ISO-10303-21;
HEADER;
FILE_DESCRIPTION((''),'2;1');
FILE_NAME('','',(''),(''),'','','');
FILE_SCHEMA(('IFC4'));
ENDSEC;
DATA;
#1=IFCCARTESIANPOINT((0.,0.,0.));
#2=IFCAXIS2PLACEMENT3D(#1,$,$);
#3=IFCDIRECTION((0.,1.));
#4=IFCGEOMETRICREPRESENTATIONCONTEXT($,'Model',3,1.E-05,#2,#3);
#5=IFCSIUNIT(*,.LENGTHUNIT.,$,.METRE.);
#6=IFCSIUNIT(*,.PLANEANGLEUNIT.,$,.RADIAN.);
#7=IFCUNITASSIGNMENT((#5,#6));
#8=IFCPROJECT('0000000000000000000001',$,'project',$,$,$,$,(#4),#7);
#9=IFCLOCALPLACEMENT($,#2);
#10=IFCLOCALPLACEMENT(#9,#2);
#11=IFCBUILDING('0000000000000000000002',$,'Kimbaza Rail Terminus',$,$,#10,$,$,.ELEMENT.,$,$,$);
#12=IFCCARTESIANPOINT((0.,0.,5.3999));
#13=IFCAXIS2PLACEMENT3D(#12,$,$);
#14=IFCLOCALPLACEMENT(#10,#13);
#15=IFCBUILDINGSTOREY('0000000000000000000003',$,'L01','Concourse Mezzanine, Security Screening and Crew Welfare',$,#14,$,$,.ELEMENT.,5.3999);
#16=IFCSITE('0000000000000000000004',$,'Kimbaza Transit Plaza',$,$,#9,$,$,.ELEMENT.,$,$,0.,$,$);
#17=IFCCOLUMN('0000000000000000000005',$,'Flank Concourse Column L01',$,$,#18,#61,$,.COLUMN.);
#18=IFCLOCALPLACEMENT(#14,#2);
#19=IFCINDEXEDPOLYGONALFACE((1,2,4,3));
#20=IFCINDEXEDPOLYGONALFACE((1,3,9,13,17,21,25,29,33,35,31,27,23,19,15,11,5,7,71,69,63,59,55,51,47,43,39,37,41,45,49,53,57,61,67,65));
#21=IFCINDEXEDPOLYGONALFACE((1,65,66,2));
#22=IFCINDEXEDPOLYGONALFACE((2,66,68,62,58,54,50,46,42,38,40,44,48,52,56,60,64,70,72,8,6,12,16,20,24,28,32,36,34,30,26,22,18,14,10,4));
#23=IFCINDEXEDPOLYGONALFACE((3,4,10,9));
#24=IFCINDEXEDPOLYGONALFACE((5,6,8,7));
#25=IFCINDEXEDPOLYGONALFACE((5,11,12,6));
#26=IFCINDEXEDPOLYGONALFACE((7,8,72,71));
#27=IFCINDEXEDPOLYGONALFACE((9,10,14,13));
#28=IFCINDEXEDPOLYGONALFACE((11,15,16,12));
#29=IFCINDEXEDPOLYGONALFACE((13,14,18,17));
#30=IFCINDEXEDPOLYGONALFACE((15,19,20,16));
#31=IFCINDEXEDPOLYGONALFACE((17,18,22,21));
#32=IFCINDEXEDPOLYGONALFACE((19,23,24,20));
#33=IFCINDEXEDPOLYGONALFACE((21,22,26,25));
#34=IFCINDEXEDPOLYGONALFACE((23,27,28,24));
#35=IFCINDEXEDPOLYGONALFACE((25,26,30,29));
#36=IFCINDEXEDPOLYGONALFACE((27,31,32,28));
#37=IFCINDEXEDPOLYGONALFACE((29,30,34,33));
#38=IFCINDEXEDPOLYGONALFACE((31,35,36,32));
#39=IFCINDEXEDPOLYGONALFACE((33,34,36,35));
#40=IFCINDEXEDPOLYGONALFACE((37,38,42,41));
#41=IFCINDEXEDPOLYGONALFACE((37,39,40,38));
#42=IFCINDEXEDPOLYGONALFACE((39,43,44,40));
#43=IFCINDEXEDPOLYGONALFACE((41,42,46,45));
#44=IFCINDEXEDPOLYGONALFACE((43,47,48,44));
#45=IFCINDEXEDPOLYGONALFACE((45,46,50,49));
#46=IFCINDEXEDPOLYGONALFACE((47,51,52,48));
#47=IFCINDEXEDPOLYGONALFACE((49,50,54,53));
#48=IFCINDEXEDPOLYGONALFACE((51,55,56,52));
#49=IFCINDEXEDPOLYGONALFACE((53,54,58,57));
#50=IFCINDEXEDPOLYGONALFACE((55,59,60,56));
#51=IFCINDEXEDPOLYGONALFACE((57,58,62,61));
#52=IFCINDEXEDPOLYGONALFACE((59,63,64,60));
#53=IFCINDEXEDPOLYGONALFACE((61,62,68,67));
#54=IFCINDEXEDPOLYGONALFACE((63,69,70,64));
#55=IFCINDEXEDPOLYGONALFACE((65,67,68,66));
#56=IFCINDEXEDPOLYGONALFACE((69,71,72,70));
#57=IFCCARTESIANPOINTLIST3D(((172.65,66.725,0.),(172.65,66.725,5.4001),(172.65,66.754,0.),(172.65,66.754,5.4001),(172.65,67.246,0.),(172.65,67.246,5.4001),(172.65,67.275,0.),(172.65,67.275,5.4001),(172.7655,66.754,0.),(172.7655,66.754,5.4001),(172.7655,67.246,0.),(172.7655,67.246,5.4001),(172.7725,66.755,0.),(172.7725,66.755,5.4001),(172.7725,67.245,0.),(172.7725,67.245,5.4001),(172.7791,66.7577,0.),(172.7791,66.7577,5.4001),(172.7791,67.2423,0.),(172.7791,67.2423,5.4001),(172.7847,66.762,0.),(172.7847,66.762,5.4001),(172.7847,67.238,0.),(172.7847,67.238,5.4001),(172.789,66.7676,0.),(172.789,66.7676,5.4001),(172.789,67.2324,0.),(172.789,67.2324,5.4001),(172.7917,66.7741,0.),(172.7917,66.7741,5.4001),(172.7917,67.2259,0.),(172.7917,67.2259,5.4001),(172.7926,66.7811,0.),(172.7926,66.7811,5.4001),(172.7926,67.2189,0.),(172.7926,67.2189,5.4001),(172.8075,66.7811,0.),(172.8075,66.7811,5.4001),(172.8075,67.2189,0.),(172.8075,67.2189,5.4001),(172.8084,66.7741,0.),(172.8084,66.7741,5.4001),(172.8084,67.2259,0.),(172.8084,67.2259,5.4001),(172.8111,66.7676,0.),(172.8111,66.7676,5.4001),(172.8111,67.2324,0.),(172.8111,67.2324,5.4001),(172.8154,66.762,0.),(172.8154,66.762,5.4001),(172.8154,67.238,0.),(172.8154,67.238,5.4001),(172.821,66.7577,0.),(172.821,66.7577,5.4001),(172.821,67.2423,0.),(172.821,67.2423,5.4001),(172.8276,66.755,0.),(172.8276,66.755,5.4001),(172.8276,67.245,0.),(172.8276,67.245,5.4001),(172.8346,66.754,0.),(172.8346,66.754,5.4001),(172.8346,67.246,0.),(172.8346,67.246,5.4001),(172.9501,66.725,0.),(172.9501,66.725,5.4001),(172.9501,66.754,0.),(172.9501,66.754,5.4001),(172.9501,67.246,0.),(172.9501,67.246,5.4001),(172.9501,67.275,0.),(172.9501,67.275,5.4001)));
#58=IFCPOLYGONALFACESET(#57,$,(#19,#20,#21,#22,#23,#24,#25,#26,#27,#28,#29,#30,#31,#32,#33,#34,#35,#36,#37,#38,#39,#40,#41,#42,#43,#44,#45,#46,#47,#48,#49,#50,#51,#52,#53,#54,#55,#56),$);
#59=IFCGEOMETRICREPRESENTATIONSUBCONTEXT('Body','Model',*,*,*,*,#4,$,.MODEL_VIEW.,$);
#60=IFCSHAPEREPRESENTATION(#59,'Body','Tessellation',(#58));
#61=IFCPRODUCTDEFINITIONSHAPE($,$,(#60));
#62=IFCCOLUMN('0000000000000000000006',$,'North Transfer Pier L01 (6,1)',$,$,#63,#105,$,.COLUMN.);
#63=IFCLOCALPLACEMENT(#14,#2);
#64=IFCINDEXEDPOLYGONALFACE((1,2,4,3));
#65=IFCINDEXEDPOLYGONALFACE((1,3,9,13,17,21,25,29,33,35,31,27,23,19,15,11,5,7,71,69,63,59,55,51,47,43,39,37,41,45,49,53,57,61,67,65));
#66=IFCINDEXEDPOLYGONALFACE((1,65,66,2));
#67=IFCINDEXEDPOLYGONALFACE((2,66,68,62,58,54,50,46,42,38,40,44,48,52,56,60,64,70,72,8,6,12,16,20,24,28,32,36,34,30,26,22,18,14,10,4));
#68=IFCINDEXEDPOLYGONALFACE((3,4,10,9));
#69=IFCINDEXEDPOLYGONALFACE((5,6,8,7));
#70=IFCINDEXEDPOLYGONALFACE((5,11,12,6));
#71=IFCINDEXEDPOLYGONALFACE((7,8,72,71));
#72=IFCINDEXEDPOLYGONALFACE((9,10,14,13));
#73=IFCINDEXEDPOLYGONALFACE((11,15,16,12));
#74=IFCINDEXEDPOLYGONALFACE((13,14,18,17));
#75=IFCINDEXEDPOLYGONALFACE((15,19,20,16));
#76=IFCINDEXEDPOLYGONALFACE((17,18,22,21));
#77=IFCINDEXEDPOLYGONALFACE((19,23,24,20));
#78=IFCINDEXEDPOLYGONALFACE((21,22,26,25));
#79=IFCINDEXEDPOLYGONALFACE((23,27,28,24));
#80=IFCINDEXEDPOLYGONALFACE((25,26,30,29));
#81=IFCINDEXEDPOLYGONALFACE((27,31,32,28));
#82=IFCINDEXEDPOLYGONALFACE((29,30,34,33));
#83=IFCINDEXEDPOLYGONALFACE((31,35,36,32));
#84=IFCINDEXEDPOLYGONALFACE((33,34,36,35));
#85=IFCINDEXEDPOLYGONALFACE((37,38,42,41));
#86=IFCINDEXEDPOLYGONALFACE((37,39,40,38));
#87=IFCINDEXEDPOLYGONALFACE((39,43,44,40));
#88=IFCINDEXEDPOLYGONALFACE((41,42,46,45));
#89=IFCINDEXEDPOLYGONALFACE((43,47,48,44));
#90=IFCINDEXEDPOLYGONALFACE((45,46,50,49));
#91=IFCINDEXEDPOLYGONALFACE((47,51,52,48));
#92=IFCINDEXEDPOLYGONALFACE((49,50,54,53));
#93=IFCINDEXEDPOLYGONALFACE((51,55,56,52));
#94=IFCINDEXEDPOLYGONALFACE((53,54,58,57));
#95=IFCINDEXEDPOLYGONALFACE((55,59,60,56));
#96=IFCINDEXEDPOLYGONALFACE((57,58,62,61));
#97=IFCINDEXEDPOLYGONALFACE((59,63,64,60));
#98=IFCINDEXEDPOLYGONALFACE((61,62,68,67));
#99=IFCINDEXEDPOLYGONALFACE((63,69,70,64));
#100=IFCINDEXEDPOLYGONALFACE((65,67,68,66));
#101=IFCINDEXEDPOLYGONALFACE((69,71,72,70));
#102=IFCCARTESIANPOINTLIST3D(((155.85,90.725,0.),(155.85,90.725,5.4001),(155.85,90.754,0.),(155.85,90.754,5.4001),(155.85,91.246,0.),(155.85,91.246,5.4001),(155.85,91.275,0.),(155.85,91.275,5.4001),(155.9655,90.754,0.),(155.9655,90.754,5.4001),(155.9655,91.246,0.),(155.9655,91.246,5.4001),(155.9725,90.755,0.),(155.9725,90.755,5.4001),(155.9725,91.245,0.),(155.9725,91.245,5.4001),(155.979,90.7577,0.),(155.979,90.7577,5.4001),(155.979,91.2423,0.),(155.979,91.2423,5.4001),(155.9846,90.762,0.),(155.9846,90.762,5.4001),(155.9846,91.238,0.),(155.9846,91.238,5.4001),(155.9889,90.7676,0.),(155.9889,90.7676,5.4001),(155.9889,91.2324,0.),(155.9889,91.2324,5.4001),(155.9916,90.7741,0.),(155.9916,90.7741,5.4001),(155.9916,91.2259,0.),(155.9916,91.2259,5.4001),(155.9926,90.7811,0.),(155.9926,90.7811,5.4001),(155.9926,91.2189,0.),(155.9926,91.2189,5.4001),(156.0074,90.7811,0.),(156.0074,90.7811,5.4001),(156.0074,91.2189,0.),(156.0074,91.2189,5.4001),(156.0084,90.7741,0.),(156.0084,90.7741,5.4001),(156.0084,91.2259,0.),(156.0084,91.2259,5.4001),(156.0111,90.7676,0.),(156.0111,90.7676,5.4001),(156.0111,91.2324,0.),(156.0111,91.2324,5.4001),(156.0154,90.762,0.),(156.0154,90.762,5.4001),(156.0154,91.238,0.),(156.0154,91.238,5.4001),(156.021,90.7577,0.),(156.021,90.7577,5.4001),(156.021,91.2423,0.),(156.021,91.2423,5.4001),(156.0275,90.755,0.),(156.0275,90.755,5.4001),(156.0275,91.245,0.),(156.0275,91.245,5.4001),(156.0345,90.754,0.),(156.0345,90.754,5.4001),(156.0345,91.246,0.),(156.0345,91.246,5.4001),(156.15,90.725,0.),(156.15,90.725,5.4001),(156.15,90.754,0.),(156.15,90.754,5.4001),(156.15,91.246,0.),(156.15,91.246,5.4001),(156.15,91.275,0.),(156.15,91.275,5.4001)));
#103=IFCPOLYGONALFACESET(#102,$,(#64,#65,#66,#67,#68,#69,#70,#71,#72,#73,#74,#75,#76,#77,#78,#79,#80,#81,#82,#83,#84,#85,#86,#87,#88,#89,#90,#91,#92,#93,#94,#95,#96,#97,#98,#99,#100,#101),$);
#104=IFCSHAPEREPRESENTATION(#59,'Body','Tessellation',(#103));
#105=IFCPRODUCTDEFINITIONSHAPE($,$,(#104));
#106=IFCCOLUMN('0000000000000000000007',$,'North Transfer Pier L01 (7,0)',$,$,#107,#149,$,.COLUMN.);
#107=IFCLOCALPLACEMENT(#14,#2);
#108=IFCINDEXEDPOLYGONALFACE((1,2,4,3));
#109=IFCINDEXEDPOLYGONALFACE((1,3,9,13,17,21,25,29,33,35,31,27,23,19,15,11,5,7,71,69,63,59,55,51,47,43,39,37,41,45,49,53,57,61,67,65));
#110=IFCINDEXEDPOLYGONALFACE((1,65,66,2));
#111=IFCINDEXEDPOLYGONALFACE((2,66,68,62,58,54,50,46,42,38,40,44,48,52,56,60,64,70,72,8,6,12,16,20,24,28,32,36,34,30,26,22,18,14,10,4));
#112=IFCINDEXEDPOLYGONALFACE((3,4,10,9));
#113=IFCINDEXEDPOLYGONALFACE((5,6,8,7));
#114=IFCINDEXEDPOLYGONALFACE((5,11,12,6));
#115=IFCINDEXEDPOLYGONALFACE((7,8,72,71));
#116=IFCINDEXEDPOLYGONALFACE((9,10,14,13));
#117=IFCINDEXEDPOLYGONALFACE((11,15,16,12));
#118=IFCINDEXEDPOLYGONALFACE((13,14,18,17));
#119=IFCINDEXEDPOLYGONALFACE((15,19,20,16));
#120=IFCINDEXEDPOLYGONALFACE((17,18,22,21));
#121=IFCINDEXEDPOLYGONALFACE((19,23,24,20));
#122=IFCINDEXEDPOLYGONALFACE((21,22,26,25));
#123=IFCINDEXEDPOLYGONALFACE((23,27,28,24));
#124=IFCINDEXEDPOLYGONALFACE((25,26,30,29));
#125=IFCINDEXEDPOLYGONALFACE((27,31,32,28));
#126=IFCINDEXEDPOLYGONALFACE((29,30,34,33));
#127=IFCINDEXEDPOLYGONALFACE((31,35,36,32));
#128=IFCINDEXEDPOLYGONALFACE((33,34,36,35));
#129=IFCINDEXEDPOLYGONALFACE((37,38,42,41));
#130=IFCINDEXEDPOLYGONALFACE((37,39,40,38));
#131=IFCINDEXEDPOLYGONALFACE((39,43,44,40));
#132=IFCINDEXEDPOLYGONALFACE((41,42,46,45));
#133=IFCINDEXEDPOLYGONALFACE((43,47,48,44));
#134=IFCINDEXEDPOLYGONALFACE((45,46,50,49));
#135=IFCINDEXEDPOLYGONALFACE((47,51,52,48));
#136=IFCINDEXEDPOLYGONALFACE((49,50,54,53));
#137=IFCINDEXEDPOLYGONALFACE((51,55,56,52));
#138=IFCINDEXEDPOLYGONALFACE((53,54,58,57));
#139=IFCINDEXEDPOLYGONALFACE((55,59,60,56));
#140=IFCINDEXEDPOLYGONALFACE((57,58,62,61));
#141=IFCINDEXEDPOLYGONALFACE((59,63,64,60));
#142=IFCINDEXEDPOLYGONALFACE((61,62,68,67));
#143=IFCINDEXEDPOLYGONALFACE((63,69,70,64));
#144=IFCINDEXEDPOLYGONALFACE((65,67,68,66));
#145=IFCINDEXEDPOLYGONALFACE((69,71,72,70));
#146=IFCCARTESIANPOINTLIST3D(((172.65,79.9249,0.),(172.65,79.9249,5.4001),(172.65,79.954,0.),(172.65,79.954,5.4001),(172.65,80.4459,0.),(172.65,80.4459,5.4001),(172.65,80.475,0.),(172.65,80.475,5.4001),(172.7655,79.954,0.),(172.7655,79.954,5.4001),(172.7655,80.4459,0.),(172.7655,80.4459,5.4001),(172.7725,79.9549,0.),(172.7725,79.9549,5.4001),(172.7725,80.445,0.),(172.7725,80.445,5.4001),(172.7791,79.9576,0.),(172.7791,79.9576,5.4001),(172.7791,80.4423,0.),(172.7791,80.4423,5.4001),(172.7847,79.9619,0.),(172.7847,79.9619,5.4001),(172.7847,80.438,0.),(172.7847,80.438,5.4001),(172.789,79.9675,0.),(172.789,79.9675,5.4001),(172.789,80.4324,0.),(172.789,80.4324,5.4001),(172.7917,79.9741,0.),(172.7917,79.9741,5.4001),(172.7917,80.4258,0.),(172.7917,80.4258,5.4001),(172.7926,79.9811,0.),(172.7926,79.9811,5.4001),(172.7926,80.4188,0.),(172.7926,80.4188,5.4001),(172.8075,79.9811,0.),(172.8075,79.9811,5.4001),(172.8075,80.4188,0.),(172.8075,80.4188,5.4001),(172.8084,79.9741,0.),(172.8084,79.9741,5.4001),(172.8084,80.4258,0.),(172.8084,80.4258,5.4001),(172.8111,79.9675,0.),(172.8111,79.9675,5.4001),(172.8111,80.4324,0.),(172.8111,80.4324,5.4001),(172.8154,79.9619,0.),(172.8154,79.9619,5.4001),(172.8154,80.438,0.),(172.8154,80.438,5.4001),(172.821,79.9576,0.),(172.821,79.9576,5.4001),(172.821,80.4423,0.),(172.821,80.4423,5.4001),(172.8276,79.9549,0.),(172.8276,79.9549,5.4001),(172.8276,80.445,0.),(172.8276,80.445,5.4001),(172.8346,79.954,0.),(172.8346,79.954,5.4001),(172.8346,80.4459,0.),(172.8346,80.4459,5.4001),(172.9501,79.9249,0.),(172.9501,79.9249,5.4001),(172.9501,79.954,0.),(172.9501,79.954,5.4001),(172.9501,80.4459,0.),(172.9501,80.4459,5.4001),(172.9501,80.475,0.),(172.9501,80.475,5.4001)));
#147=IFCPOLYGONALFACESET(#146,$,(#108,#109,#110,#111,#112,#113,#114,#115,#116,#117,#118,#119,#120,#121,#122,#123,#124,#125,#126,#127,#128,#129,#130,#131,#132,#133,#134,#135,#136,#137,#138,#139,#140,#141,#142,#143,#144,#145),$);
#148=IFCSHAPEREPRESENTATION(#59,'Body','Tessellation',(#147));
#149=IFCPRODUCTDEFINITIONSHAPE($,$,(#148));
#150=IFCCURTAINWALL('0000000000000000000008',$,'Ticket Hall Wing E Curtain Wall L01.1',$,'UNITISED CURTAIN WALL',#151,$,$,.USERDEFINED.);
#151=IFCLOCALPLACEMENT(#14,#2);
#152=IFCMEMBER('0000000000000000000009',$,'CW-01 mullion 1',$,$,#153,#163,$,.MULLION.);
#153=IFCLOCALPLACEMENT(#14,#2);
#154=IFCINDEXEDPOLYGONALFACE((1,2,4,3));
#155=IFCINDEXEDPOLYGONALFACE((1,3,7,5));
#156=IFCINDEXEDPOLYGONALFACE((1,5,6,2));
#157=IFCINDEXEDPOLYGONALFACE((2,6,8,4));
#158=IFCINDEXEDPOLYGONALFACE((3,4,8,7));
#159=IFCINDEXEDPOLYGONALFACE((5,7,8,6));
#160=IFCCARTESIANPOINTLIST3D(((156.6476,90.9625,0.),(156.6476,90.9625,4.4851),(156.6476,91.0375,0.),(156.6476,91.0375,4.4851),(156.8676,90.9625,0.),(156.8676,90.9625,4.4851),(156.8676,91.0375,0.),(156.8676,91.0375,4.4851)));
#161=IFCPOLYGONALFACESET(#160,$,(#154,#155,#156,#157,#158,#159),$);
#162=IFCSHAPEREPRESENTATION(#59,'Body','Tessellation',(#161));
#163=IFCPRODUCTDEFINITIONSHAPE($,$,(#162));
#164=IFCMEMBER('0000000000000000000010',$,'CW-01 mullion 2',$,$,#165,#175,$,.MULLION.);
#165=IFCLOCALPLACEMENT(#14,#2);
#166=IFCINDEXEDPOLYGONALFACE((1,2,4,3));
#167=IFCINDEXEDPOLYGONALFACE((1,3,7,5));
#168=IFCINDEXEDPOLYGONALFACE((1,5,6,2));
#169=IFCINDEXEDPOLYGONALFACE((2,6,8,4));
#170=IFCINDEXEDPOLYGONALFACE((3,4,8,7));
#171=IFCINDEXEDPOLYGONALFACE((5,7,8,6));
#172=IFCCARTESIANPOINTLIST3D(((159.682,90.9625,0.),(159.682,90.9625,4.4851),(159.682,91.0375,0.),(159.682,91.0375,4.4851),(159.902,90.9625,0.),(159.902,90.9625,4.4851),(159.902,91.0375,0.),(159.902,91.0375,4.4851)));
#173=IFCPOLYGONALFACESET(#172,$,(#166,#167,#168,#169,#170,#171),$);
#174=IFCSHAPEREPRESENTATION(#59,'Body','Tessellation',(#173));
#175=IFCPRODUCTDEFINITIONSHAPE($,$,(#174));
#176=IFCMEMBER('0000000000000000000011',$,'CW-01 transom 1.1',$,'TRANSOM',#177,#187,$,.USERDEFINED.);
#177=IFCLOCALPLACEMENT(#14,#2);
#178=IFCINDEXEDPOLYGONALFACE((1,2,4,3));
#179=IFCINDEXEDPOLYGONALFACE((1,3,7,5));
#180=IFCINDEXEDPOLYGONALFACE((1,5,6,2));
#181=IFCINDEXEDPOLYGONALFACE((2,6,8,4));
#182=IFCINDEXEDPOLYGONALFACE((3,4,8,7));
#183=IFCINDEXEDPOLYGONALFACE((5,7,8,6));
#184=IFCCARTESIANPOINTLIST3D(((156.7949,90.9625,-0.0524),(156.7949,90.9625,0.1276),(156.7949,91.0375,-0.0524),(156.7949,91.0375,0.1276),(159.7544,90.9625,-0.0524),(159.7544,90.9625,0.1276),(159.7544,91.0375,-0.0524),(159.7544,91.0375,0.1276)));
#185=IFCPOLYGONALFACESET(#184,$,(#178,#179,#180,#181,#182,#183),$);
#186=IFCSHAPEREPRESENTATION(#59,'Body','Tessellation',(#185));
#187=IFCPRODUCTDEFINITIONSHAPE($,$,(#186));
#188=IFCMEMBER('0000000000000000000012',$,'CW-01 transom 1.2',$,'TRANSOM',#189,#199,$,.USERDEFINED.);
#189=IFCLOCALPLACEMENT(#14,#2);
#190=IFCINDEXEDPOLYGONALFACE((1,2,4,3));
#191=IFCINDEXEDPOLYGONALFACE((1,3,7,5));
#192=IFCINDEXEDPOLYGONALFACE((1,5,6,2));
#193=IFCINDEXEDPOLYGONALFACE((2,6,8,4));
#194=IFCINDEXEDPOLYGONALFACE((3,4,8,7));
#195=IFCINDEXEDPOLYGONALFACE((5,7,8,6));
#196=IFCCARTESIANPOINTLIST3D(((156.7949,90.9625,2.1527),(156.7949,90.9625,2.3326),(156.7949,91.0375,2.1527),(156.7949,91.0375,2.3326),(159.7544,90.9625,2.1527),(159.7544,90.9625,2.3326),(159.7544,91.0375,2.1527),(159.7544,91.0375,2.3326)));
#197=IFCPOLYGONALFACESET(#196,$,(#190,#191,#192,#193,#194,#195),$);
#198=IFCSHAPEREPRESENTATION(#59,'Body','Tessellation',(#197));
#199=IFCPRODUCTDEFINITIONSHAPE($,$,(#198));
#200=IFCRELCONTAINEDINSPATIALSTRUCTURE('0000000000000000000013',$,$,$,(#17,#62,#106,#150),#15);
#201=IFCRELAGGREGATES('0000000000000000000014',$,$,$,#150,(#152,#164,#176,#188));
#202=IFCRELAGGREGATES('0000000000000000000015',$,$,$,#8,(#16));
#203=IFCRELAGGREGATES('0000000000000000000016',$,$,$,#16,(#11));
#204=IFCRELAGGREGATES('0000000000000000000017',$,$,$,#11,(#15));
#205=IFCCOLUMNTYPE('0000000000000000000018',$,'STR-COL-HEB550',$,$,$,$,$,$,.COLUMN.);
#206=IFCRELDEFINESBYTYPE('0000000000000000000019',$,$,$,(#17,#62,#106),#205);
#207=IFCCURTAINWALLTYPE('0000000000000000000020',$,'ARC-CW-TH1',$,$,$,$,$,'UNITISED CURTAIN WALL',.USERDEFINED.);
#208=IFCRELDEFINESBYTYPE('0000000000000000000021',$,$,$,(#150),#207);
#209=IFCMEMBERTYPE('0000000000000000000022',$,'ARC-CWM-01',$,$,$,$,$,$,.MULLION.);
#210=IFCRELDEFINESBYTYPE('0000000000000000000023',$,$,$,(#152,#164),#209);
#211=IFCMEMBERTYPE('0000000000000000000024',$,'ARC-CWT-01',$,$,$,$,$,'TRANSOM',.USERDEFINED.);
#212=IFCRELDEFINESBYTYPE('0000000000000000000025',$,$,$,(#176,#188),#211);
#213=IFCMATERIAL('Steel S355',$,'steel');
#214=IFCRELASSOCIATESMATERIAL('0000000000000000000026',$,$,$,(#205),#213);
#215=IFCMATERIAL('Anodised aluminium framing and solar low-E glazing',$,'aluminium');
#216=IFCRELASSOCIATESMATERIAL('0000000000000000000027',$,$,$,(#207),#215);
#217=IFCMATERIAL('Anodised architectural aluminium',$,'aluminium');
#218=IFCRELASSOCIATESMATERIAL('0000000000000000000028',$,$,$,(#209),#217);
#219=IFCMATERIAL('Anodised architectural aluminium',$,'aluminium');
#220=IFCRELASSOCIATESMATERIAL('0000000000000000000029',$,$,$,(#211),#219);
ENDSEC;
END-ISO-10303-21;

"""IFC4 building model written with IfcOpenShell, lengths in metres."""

from ifc_helpers import new_model, si_unit, direction, frame, origin, origin_2d, place, context, subcontext, project, spatial, rectangle, i_section, extrude, material, material_profile, profile_set, type_object, element, aggregate, save


model = new_model("IFC4")

# Units and contexts
model_context = context("Model", 3, precision=1e-05, world=origin(), true_north=direction((0.0, 1.0)))
body_context = subcontext(model_context, "Body", "Model", "MODEL_VIEW")
ifc_project = project(units=[si_unit("LENGTHUNIT", "METRE"), si_unit("PLANEANGLEUNIT", "RADIAN")], contexts=[model_context])

# Site, building, storey
site_placement = place(None, origin())
site = spatial("IfcSite", under=ifc_project, at=site_placement, Name="Kimbaza Transit Plaza", CompositionType="ELEMENT", RefElevation=0.0)
building_placement = place(site_placement, origin())
building = spatial("IfcBuilding", under=site, at=building_placement, Name="Kimbaza Rail Terminus", CompositionType="ELEMENT")
storey_placement = place(building_placement, frame((0.0, 0.0, 5.3999)))
storey = spatial("IfcBuildingStorey", under=building, at=storey_placement, Name="L01", Description="Concourse Mezzanine, Security Screening and Crew Welfare", CompositionType="ELEMENT", Elevation=5.3999)

# Columns
ifc_material_1 = material(Name="Steel S355", Category="steel")
ifc_material_profile_1 = material_profile(ifc_material_1, i_section(OverallWidth=0.3, OverallDepth=0.55, WebThickness=0.0149, FlangeThickness=0.0291, FilletRadius=0.0271, at=origin_2d()), Name="HEB 550")
ifc_profile_set_1 = profile_set([ifc_material_profile_1], Name="Steel S355")
column_type = type_object("IfcColumnType", Name="STR-COL-HEB550", PredefinedType="COLUMN", material=ifc_profile_set_1)
for number, where, z_axis, x_axis, name in (
    (1, (172.8, 67.0, 0.0), (0.0, 0.0, 1.0), (1.0, 0.0, 0.0), "Flank Concourse Column L01"),
    (2, (156.0, 91.0, 0.0), (0.0, 0.0, 1.0), (1.0, 0.0, 0.0), "North Transfer Pier L01 (6,1)"),
    (3, (172.8, 80.2, 0.0), (0.0, 0.0, 1.0), (1.0, 0.0, 0.0), "North Transfer Pier L01 (7,0)"),
):
    element("IfcColumn", number, at=place(storey_placement, frame(where, z_axis=z_axis, x_axis=x_axis)), inside=storey, type_object=column_type, Name=name, PredefinedType="COLUMN", context=body_context, shape_type="SweptSolid", body=[
        extrude(i_section(OverallWidth=0.3, OverallDepth=0.55, WebThickness=0.0149, FlangeThickness=0.0291, FilletRadius=0.0271, at=origin_2d()), origin(), (0.0, 0.0, 1.0), 5.4001),
    ])

# Curtain wall, members
ifc_material_2 = material(Name="Anodised aluminium framing and solar low-E glazing", Category="aluminium")
curtain_wall_type = type_object("IfcCurtainWallType", Name="ARC-CW-TH1", ElementType="UNITISED CURTAIN WALL", PredefinedType="USERDEFINED", material=ifc_material_2)
curtain_wall_placement = place(storey_placement, origin())
curtain_wall = element("IfcCurtainWall", 4, at=curtain_wall_placement, inside=storey, type_object=curtain_wall_type, Name="Ticket Hall Wing E Curtain Wall L01.1", ObjectType="UNITISED CURTAIN WALL", PredefinedType="USERDEFINED")
ifc_material_3 = material(Name="Anodised architectural aluminium", Category="aluminium")
ifc_material_profile_2 = material_profile(ifc_material_3, rectangle(XDim=0.075, YDim=0.22, at=origin_2d()), Name="MULLION 75x220")
ifc_profile_set_2 = profile_set([ifc_material_profile_2], Name="Anodised architectural aluminium")
member_type_1 = type_object("IfcMemberType", Name="ARC-CWM-01", PredefinedType="MULLION", material=ifc_profile_set_2)
member_1_placement = place(storey_placement, frame((156.7576, 91.0, 0.0), z_axis=(0.0, 0.0, 1.0), x_axis=(0.0, 1.0, 0.0)))
member_1 = element("IfcMember", 5, at=member_1_placement, type_object=member_type_1, Name="CW-01 mullion 1", PredefinedType="MULLION", context=body_context, shape_type="SweptSolid", body=[
    extrude(rectangle(XDim=0.075, YDim=0.22, at=origin_2d()), origin(), (0.0, 0.0, 1.0), 4.4851),
])
member_2_placement = place(storey_placement, frame((159.792, 91.0, 0.0), z_axis=(0.0, 0.0, 1.0), x_axis=(0.0, 1.0, 0.0)))
member_2 = element("IfcMember", 6, at=member_2_placement, type_object=member_type_1, Name="CW-01 mullion 2", PredefinedType="MULLION", context=body_context, shape_type="SweptSolid", body=[
    extrude(rectangle(XDim=0.075, YDim=0.22, at=origin_2d()), origin(), (0.0, 0.0, 1.0), 4.4851),
])
ifc_material_4 = material(Name="Anodised architectural aluminium", Category="aluminium")
ifc_material_profile_3 = material_profile(ifc_material_4, rectangle(XDim=0.075, YDim=0.1799, at=origin_2d()), Name="TRANSOM 75x180")
ifc_profile_set_3 = profile_set([ifc_material_profile_3], Name="Anodised architectural aluminium")
member_type_2 = type_object("IfcMemberType", Name="ARC-CWT-01", ElementType="TRANSOM", PredefinedType="USERDEFINED", material=ifc_profile_set_3)
member_3_placement = place(storey_placement, frame((156.7949, 91.0, 0.0376), z_axis=(1.0, 0.0, 0.0), x_axis=(0.0, 1.0, 0.0)))
member_3 = element("IfcMember", 7, at=member_3_placement, type_object=member_type_2, Name="CW-01 transom 1.1", ObjectType="TRANSOM", PredefinedType="USERDEFINED", context=body_context, shape_type="SweptSolid", body=[
    extrude(rectangle(XDim=0.075, YDim=0.1799, at=origin_2d()), origin(), (0.0, 0.0, 1.0), 2.9595),
])
member_4_placement = place(storey_placement, frame((156.7949, 91.0, 2.2427), z_axis=(1.0, 0.0, 0.0), x_axis=(0.0, 1.0, 0.0)))
member_4 = element("IfcMember", 8, at=member_4_placement, type_object=member_type_2, Name="CW-01 transom 1.2", ObjectType="TRANSOM", PredefinedType="USERDEFINED", context=body_context, shape_type="SweptSolid", body=[
    extrude(rectangle(XDim=0.075, YDim=0.1799, at=origin_2d()), origin(), (0.0, 0.0, 1.0), 2.9595),
])

aggregate(curtain_wall, [member_1, member_2, member_3, member_4])

save(model, "model.ifc")
